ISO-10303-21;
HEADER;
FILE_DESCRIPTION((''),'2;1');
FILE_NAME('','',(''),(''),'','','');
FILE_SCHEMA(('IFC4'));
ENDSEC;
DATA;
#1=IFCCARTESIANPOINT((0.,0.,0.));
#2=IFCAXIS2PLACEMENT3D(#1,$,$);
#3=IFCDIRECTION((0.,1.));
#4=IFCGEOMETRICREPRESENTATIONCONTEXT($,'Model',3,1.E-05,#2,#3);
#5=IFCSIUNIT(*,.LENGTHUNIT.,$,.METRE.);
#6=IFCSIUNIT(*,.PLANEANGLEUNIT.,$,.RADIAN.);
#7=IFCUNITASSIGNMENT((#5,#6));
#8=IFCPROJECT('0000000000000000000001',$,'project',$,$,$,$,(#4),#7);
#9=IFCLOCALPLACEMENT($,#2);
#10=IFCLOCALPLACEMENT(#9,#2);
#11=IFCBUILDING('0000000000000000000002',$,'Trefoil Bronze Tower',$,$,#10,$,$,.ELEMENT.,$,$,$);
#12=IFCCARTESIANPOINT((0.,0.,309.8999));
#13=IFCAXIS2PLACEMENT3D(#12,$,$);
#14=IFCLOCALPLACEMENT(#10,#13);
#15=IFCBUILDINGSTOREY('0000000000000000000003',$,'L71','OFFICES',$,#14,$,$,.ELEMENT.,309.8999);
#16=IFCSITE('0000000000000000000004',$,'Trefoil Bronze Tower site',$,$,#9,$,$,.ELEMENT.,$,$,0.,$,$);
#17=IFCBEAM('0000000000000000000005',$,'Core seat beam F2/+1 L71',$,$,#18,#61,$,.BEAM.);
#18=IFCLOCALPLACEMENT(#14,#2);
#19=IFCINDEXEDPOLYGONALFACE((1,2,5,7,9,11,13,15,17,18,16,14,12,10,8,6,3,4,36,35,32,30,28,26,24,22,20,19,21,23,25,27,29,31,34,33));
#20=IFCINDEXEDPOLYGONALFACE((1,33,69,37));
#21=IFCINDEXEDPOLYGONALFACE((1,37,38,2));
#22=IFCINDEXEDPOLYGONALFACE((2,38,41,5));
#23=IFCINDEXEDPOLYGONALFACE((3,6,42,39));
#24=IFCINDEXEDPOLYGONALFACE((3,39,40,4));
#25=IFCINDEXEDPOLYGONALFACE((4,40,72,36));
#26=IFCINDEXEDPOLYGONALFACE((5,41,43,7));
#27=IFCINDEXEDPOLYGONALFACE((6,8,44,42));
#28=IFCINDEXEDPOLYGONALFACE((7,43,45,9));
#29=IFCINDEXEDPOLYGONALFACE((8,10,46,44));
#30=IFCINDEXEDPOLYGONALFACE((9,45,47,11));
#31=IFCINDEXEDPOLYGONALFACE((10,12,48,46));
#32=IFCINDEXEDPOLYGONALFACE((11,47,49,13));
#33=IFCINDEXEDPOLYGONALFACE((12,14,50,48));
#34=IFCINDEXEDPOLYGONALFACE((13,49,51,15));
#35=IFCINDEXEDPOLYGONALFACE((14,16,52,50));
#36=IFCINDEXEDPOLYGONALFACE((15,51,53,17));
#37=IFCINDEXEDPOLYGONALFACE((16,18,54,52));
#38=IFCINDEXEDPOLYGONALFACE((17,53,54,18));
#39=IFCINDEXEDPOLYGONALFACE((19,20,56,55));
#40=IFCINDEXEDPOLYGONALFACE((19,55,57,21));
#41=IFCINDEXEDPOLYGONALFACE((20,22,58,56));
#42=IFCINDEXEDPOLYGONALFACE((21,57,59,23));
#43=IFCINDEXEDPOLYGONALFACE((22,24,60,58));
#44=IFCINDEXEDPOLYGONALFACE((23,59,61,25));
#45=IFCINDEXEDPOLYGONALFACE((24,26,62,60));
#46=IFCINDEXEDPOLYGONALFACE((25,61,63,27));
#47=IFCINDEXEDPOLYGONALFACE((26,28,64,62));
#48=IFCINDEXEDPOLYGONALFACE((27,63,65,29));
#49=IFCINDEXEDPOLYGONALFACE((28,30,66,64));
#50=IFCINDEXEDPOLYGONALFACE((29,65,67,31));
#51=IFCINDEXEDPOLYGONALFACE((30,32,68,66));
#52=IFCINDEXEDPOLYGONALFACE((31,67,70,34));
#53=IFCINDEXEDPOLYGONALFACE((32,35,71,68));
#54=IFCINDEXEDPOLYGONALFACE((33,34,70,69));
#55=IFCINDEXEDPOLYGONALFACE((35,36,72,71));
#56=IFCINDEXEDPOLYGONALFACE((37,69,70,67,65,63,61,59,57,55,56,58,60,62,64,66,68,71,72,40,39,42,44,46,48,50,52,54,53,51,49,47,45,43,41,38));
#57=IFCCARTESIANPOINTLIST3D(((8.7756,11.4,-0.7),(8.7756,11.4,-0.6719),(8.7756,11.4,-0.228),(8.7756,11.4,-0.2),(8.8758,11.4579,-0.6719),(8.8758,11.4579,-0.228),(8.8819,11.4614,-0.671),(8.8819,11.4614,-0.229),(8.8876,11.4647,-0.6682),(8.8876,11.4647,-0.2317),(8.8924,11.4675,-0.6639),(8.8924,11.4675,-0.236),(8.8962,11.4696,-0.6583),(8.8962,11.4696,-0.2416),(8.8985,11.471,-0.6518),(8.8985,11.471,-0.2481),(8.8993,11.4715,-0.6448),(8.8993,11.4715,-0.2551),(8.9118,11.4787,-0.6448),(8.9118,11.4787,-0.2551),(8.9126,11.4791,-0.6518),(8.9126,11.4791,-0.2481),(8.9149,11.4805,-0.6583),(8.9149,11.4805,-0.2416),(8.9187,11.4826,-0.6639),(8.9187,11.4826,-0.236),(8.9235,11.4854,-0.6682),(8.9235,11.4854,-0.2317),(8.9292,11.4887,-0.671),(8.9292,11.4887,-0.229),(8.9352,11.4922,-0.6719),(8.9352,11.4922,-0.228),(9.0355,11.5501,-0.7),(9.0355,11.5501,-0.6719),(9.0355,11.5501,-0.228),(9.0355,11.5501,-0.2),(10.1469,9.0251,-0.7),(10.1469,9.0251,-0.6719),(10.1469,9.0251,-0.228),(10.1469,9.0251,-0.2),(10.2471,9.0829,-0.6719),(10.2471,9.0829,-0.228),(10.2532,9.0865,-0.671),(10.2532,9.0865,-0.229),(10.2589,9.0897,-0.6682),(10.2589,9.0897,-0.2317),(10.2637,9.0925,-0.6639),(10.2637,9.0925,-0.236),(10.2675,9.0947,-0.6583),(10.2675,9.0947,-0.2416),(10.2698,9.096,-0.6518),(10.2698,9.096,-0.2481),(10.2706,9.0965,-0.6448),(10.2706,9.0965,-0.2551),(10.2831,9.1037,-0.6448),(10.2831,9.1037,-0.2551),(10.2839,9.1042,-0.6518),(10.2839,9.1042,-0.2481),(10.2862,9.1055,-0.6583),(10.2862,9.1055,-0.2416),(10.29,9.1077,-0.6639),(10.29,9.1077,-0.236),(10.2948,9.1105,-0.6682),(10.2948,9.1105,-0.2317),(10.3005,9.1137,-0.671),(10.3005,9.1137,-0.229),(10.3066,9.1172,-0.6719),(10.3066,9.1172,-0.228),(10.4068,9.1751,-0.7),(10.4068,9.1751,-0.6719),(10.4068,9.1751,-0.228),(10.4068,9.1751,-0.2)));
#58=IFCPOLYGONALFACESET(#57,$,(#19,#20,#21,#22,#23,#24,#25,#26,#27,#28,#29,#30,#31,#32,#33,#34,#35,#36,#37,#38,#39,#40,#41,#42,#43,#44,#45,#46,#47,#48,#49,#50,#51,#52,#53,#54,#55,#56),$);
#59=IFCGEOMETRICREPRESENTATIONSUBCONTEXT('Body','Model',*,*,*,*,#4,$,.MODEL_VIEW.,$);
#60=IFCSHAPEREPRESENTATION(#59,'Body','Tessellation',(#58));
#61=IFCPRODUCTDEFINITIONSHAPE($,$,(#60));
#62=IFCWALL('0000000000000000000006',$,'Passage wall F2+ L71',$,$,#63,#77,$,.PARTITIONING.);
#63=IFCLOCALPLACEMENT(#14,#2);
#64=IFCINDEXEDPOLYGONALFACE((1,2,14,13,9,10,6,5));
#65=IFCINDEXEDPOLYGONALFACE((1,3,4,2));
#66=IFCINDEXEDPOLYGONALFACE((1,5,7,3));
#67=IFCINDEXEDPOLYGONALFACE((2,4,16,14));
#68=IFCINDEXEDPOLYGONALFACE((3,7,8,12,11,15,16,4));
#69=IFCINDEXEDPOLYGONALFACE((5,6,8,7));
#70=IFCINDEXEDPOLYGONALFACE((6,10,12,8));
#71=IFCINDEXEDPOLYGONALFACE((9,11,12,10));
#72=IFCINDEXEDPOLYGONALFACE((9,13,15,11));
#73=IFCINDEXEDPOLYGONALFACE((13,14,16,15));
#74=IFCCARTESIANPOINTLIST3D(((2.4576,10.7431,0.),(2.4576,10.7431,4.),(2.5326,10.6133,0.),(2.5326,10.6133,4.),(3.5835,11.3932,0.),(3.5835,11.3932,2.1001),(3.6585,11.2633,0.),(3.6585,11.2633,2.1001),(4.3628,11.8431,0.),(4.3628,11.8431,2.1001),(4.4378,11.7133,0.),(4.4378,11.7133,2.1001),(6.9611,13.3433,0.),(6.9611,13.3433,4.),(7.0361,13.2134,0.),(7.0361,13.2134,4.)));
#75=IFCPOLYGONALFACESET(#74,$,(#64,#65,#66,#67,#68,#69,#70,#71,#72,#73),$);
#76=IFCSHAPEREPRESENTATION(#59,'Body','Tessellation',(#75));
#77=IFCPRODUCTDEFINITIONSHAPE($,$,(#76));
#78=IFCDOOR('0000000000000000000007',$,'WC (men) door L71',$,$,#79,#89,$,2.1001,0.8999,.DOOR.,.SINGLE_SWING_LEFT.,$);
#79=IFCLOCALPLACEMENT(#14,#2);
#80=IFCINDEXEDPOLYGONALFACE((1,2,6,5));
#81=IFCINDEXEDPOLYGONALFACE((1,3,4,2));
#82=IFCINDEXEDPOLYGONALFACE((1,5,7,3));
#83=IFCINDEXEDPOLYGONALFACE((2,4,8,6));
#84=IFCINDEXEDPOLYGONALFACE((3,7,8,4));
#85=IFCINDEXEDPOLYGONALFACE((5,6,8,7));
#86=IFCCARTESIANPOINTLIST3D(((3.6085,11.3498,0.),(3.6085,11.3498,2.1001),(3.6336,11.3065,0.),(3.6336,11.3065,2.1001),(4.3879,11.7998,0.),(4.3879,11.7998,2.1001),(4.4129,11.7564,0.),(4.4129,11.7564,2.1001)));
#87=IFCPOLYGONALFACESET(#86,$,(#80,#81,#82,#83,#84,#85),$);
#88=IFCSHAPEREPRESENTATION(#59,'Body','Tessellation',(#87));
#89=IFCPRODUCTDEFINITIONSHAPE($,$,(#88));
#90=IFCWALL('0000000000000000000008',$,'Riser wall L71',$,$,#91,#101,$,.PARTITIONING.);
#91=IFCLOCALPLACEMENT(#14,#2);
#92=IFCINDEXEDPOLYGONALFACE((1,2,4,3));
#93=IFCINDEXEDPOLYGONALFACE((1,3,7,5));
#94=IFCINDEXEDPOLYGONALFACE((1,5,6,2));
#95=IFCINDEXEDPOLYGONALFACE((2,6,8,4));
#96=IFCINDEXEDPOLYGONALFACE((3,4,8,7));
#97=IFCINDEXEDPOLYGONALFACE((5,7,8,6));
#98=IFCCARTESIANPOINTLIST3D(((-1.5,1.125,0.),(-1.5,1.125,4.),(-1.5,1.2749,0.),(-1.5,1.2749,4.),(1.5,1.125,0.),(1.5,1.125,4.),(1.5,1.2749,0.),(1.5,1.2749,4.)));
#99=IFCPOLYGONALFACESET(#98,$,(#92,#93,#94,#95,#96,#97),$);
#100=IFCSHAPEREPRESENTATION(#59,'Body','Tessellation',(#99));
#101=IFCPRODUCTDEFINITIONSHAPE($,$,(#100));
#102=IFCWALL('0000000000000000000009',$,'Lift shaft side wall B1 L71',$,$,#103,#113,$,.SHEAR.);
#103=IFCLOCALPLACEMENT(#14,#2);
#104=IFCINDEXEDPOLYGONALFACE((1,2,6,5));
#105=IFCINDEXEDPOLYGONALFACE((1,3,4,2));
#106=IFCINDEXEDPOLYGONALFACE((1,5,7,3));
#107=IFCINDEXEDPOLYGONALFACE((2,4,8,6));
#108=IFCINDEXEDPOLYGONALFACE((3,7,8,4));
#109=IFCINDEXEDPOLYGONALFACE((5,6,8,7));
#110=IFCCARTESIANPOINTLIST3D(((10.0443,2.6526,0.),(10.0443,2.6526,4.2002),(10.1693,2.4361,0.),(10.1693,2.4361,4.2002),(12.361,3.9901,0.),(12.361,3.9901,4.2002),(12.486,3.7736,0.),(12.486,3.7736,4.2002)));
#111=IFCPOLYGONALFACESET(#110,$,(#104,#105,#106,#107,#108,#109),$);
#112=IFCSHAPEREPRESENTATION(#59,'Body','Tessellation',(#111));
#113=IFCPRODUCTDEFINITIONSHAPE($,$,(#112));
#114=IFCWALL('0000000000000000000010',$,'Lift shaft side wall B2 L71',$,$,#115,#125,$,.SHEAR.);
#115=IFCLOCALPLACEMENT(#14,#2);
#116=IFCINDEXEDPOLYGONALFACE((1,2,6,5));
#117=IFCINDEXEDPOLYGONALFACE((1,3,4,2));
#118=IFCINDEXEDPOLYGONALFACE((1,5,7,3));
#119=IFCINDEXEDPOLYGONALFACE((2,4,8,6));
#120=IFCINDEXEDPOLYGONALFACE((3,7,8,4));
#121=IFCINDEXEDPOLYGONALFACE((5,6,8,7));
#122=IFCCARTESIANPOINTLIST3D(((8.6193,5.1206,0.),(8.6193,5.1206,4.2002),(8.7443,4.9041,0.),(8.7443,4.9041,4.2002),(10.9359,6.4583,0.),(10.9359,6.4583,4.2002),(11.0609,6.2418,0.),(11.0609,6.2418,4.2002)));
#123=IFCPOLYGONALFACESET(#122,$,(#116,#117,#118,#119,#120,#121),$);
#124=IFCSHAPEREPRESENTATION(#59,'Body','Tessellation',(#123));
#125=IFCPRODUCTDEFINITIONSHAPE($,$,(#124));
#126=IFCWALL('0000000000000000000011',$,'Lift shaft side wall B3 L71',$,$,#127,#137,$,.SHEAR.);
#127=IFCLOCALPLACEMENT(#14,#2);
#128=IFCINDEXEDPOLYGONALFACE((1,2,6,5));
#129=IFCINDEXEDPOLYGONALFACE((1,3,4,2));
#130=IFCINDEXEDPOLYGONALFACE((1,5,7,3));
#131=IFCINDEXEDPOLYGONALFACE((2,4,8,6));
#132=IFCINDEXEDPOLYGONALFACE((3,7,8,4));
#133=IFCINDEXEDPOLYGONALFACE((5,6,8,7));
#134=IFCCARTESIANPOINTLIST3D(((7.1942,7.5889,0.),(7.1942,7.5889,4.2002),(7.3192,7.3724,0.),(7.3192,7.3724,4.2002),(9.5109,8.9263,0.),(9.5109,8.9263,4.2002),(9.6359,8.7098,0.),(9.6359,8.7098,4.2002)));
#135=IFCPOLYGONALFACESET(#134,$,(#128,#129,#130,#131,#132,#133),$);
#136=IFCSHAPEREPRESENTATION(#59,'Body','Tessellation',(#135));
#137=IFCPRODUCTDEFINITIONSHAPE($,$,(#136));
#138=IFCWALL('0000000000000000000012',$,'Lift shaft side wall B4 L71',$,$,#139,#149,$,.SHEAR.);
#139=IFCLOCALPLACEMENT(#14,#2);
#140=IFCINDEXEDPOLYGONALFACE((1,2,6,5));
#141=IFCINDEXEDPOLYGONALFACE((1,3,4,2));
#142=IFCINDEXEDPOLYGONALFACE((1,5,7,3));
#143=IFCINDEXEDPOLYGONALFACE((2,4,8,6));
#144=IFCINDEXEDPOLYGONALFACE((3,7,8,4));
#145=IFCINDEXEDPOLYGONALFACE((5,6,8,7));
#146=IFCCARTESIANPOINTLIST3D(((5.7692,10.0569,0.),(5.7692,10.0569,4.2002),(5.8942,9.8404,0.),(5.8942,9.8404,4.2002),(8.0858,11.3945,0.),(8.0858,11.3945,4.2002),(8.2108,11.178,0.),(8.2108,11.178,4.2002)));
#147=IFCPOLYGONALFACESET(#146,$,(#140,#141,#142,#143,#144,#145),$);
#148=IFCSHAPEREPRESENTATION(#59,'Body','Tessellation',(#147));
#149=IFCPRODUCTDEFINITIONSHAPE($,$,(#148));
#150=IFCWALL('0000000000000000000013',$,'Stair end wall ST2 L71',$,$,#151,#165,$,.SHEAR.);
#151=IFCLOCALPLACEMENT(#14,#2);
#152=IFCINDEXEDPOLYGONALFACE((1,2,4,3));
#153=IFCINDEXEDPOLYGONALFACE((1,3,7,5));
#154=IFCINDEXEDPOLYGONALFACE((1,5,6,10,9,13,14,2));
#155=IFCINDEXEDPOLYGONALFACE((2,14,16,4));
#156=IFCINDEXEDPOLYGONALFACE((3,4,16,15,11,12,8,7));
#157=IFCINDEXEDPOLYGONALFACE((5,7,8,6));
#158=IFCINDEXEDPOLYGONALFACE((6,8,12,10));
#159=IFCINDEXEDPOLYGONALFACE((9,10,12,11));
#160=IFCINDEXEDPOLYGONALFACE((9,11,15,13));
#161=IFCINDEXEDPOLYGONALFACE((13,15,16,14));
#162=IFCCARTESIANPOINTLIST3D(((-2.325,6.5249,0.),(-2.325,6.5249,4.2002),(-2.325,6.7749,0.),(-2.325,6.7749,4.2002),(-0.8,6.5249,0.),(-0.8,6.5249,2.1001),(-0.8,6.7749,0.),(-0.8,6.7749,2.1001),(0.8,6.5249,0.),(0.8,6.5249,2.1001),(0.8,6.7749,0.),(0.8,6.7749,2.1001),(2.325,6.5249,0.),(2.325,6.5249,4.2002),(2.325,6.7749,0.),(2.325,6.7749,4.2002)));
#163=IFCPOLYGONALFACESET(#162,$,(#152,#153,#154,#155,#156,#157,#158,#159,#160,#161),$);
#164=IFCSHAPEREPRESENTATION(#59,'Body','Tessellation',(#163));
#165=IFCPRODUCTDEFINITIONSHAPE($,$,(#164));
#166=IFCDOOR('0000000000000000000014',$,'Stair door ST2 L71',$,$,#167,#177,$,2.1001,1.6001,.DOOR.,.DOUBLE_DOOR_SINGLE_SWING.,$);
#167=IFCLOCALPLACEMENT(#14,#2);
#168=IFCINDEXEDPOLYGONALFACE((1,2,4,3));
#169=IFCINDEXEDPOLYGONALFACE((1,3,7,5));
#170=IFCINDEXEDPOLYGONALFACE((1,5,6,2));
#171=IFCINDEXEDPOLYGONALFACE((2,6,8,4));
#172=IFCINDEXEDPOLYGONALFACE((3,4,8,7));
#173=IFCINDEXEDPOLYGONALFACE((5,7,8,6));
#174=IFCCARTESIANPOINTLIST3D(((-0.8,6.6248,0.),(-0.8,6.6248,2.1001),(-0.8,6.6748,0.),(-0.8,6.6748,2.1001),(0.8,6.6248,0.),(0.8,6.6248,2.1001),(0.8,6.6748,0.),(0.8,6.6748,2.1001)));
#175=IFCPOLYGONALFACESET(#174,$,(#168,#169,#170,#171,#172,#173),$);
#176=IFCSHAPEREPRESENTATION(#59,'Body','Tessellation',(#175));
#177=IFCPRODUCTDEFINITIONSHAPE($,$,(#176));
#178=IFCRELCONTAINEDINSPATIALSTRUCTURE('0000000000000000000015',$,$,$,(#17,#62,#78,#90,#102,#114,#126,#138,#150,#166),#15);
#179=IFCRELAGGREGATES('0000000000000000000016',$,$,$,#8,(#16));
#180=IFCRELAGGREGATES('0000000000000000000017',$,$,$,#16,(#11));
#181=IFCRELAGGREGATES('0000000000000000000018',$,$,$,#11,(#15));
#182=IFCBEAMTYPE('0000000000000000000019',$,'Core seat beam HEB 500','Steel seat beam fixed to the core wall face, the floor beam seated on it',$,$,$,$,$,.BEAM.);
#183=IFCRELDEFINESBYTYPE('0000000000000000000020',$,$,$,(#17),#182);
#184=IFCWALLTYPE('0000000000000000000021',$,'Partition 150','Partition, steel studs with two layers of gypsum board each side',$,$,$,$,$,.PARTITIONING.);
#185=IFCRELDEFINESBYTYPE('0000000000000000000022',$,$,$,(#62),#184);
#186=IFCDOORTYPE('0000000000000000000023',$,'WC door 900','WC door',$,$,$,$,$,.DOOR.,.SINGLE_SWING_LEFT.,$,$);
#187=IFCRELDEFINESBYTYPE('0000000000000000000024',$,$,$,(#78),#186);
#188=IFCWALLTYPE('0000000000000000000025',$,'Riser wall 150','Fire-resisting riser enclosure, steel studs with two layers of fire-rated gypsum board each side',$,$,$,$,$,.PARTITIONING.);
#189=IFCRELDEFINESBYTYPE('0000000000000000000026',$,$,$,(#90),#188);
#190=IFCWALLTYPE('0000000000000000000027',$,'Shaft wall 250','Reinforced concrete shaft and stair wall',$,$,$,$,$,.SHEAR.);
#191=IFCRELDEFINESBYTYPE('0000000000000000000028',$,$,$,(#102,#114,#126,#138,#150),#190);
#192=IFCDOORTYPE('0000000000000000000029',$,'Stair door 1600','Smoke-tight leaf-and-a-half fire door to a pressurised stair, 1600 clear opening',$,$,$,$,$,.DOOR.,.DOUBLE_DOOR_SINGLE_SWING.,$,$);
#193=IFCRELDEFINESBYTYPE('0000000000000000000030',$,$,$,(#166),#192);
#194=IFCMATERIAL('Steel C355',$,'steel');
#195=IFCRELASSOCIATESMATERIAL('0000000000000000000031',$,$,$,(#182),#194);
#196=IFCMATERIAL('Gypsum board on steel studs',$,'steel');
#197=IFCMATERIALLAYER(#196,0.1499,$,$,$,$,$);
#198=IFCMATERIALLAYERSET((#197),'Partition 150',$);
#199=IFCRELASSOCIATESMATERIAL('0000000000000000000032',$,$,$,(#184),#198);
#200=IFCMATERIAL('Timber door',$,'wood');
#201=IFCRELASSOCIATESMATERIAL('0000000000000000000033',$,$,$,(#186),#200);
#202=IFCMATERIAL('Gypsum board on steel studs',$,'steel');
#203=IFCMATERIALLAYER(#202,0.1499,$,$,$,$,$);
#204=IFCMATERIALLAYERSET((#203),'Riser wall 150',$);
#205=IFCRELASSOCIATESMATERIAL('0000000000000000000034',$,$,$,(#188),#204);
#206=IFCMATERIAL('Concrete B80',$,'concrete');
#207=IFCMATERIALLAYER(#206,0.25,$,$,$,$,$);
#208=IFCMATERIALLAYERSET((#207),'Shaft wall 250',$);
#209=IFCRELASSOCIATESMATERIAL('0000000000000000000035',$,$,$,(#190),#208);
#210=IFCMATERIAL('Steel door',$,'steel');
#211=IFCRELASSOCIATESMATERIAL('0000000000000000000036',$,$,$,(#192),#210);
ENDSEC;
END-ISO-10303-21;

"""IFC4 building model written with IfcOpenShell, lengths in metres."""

from ifc_helpers import new_model, si_unit, direction, frame, frame_2d, origin, origin_2d, place, context, subcontext, project, spatial, rectangle, i_section, extrude, material, layer, layer_set, material_profile, profile_set, type_object, element, fill, save


model = new_model("IFC4")

# Units and contexts
model_context = context("Model", 3, precision=1e-05, world=origin(), true_north=direction((0.0, 1.0)))
body_context = subcontext(model_context, "Body", "Model", "MODEL_VIEW")
ifc_project = project(units=[si_unit("LENGTHUNIT", "METRE"), si_unit("PLANEANGLEUNIT", "RADIAN")], contexts=[model_context])

# Site, building, storey
site_placement = place(None, origin())
site = spatial("IfcSite", under=ifc_project, at=site_placement, Name="Trefoil Bronze Tower site", CompositionType="ELEMENT", RefElevation=0.0)
building_placement = place(site_placement, origin())
building = spatial("IfcBuilding", under=site, at=building_placement, Name="Trefoil Bronze Tower", CompositionType="ELEMENT")
storey_placement = place(building_placement, frame((0.0, 0.0, 309.8999)))
storey = spatial("IfcBuildingStorey", under=building, at=storey_placement, Name="L71", Description="OFFICES", CompositionType="ELEMENT", Elevation=309.8999)

# Beam
ifc_material_1 = material(Name="Steel C355", Category="steel")
ifc_material_profile = material_profile(ifc_material_1, i_section(OverallWidth=0.3, OverallDepth=0.5, WebThickness=0.0144, FlangeThickness=0.0281, FilletRadius=0.0271, at=origin_2d()), Name="HEB 500")
ifc_profile_set = profile_set([ifc_material_profile], Name="Steel C355")
beam_type = type_object("IfcBeamType", Name="Core seat beam HEB 500", Description="Steel seat beam fixed to the core wall face, the floor beam seated on it", PredefinedType="BEAM", material=ifc_profile_set)
beam_placement = place(storey_placement, frame((10.2769, 9.1001, -0.45), z_axis=(-0.500036, 0.866005, 0.0), x_axis=(-0.866005, -0.500036, 0.0)))
element("IfcBeam", 1, at=beam_placement, inside=storey, type_object=beam_type, Name="Core seat beam F2/+1 L71", PredefinedType="BEAM", context=body_context, shape_type="SweptSolid", body=[
    extrude(i_section(OverallWidth=0.3, OverallDepth=0.5, WebThickness=0.0144, FlangeThickness=0.0281, FilletRadius=0.0271, at=origin_2d()), origin(), (0.0, 0.0, 1.0), 2.7424),
])

# Wall, opening, door
ifc_material_2 = material(Name="Gypsum board on steel studs", Category="steel")
ifc_layer_1 = layer(ifc_material_2, 0.1499)
ifc_layer_set_1 = layer_set([ifc_layer_1], Name="Partition 150")
wall_type_1 = type_object("IfcWallType", Name="Partition 150", Description="Partition, steel studs with two layers of gypsum board each side", PredefinedType="PARTITIONING", material=ifc_layer_set_1)
wall_1_placement = place(storey_placement, frame((2.4951, 10.6782, 0.0), z_axis=(0.0, 0.0, 1.0), x_axis=(0.866021, 0.500007, 0.0)))
wall_1 = element("IfcWall", 2, at=wall_1_placement, inside=storey, type_object=wall_type_1, Name="Passage wall F2+ L71", PredefinedType="PARTITIONING", context=body_context, shape_type="SweptSolid", body=[
    extrude(rectangle(XDim=5.2002, YDim=0.1499, at=frame_2d((2.6001, 0.0))), origin(), (0.0, 0.0, 1.0), 4.0),
])
opening_1_placement = place(wall_1_placement, frame((1.3, 0.0, 0.0)))
opening_1 = element("IfcOpeningElement", 3, at=opening_1_placement, cuts=wall_1, PredefinedType="OPENING", context=body_context, shape_type="SweptSolid", body=[
    extrude(rectangle(XDim=0.8999, YDim=2.1001, at=frame_2d((0.45, 1.05))), frame((0.0, 0.085, 0.0), z_axis=(0.0, -1.0, 0.0), x_axis=(1.0, 0.0, 0.0)), (0.0, 0.0, 1.0), 0.1699),
])
ifc_material_3 = material(Name="Timber door", Category="wood")
door_type_1 = type_object("IfcDoorType", Name="WC door 900", Description="WC door", OperationType="SINGLE_SWING_LEFT", PredefinedType="DOOR", material=ifc_material_3)
door_1_placement = place(opening_1_placement, origin())
door_1 = element("IfcDoor", 4, at=door_1_placement, inside=storey, type_object=door_type_1, Name="WC (men) door L71", OperationType="SINGLE_SWING_LEFT", OverallHeight=2.1001, OverallWidth=0.8999, PredefinedType="DOOR", context=body_context, shape_type="SweptSolid", body=[
    extrude(rectangle(XDim=0.8999, YDim=2.1001, at=frame_2d((0.45, 1.05))), frame((0.0, 0.0249, 0.0), z_axis=(0.0, -1.0, 0.0), x_axis=(1.0, 0.0, 0.0)), (0.0, 0.0, 1.0), 0.05),
])
fill(opening_1, door_1)

# Walls
ifc_material_4 = material(Name="Gypsum board on steel studs", Category="steel")
ifc_layer_2 = layer(ifc_material_4, 0.1499)
ifc_layer_set_2 = layer_set([ifc_layer_2], Name="Riser wall 150")
wall_type_2 = type_object("IfcWallType", Name="Riser wall 150", Description="Fire-resisting riser enclosure, steel studs with two layers of fire-rated gypsum board each side", PredefinedType="PARTITIONING", material=ifc_layer_set_2)
wall_2_placement = place(storey_placement, frame((1.5, 1.2, 0.0), z_axis=(0.0, 0.0, 1.0), x_axis=(-1.0, 0.0, 0.0)))
element("IfcWall", 5, at=wall_2_placement, inside=storey, type_object=wall_type_2, Name="Riser wall L71", PredefinedType="PARTITIONING", context=body_context, shape_type="SweptSolid", body=[
    extrude(rectangle(XDim=3.0, YDim=0.1499, at=frame_2d((1.5, 0.0))), origin(), (0.0, 0.0, 1.0), 4.0),
])
ifc_material_5 = material(Name="Concrete B80", Category="concrete")
ifc_layer_3 = layer(ifc_material_5, 0.25)
ifc_layer_set_3 = layer_set([ifc_layer_3], Name="Shaft wall 250")
wall_type_3 = type_object("IfcWallType", Name="Shaft wall 250", Description="Reinforced concrete shaft and stair wall", PredefinedType="SHEAR", material=ifc_layer_set_3)
for number, where, z_axis, x_axis, name in (
    (6, (10.1069, 2.5444, 0.0), (0.0, 0.0, 1.0), (0.866044, 0.499967, 0.0), "Lift shaft side wall B1 L71"),
    (7, (8.6819, 5.0125, 0.0), (0.0, 0.0, 1.0), (0.866005, 0.500036, 0.0), "Lift shaft side wall B2 L71"),
    (8, (7.2568, 7.4807, 0.0), (0.0, 0.0, 1.0), (0.866044, 0.499967, 0.0), "Lift shaft side wall B3 L71"),
    (9, (5.8318, 9.9487, 0.0), (0.0, 0.0, 1.0), (0.866005, 0.500036, 0.0), "Lift shaft side wall B4 L71"),
):
    element("IfcWall", number, at=place(storey_placement, frame(where, z_axis=z_axis, x_axis=x_axis)), inside=storey, type_object=wall_type_3, Name=name, PredefinedType="SHEAR", context=body_context, shape_type="SweptSolid", body=[
        extrude(rectangle(XDim=2.675, YDim=0.25, at=frame_2d((1.3374, 0.0))), origin(), (0.0, 0.0, 1.0), 4.2002),
    ])

# Wall, opening, door
wall_3_placement = place(storey_placement, frame((2.325, 6.6499, 0.0), z_axis=(0.0, 0.0, 1.0), x_axis=(-1.0, 0.0, 0.0)))
wall_3 = element("IfcWall", 10, at=wall_3_placement, inside=storey, type_object=wall_type_3, Name="Stair end wall ST2 L71", PredefinedType="SHEAR", context=body_context, shape_type="SweptSolid", body=[
    extrude(rectangle(XDim=4.6499, YDim=0.25, at=frame_2d((2.325, 0.0))), origin(), (0.0, 0.0, 1.0), 4.2002),
])
opening_2_placement = place(wall_3_placement, frame((1.5249, 0.0, 0.0)))
opening_2 = element("IfcOpeningElement", 11, at=opening_2_placement, cuts=wall_3, PredefinedType="OPENING", context=body_context, shape_type="SweptSolid", body=[
    extrude(rectangle(XDim=1.6001, YDim=2.1001, at=frame_2d((0.8, 1.05))), frame((0.0, 0.135, 0.0), z_axis=(0.0, -1.0, 0.0), x_axis=(1.0, 0.0, 0.0)), (0.0, 0.0, 1.0), 0.27),
])
ifc_material_6 = material(Name="Steel door", Category="steel")
door_type_2 = type_object("IfcDoorType", Name="Stair door 1600", Description="Smoke-tight leaf-and-a-half fire door to a pressurised stair, 1600 clear opening", OperationType="DOUBLE_DOOR_SINGLE_SWING", PredefinedType="DOOR", material=ifc_material_6)
door_2_placement = place(opening_2_placement, frame((1.6001, 0.0, 0.0), z_axis=(0.0, 0.0, 1.0), x_axis=(-1.0, 0.0, 0.0)))
door_2 = element("IfcDoor", 12, at=door_2_placement, inside=storey, type_object=door_type_2, Name="Stair door ST2 L71", OperationType="DOUBLE_DOOR_SINGLE_SWING", OverallHeight=2.1001, OverallWidth=1.6001, PredefinedType="DOOR", context=body_context, shape_type="SweptSolid", body=[
    extrude(rectangle(XDim=1.6001, YDim=2.1001, at=frame_2d((0.8, 1.05))), frame((0.0, 0.0249, 0.0), z_axis=(0.0, -1.0, 0.0), x_axis=(1.0, 0.0, 0.0)), (0.0, 0.0, 1.0), 0.05),
])
fill(opening_2, door_2)

save(model, "model.ifc")
